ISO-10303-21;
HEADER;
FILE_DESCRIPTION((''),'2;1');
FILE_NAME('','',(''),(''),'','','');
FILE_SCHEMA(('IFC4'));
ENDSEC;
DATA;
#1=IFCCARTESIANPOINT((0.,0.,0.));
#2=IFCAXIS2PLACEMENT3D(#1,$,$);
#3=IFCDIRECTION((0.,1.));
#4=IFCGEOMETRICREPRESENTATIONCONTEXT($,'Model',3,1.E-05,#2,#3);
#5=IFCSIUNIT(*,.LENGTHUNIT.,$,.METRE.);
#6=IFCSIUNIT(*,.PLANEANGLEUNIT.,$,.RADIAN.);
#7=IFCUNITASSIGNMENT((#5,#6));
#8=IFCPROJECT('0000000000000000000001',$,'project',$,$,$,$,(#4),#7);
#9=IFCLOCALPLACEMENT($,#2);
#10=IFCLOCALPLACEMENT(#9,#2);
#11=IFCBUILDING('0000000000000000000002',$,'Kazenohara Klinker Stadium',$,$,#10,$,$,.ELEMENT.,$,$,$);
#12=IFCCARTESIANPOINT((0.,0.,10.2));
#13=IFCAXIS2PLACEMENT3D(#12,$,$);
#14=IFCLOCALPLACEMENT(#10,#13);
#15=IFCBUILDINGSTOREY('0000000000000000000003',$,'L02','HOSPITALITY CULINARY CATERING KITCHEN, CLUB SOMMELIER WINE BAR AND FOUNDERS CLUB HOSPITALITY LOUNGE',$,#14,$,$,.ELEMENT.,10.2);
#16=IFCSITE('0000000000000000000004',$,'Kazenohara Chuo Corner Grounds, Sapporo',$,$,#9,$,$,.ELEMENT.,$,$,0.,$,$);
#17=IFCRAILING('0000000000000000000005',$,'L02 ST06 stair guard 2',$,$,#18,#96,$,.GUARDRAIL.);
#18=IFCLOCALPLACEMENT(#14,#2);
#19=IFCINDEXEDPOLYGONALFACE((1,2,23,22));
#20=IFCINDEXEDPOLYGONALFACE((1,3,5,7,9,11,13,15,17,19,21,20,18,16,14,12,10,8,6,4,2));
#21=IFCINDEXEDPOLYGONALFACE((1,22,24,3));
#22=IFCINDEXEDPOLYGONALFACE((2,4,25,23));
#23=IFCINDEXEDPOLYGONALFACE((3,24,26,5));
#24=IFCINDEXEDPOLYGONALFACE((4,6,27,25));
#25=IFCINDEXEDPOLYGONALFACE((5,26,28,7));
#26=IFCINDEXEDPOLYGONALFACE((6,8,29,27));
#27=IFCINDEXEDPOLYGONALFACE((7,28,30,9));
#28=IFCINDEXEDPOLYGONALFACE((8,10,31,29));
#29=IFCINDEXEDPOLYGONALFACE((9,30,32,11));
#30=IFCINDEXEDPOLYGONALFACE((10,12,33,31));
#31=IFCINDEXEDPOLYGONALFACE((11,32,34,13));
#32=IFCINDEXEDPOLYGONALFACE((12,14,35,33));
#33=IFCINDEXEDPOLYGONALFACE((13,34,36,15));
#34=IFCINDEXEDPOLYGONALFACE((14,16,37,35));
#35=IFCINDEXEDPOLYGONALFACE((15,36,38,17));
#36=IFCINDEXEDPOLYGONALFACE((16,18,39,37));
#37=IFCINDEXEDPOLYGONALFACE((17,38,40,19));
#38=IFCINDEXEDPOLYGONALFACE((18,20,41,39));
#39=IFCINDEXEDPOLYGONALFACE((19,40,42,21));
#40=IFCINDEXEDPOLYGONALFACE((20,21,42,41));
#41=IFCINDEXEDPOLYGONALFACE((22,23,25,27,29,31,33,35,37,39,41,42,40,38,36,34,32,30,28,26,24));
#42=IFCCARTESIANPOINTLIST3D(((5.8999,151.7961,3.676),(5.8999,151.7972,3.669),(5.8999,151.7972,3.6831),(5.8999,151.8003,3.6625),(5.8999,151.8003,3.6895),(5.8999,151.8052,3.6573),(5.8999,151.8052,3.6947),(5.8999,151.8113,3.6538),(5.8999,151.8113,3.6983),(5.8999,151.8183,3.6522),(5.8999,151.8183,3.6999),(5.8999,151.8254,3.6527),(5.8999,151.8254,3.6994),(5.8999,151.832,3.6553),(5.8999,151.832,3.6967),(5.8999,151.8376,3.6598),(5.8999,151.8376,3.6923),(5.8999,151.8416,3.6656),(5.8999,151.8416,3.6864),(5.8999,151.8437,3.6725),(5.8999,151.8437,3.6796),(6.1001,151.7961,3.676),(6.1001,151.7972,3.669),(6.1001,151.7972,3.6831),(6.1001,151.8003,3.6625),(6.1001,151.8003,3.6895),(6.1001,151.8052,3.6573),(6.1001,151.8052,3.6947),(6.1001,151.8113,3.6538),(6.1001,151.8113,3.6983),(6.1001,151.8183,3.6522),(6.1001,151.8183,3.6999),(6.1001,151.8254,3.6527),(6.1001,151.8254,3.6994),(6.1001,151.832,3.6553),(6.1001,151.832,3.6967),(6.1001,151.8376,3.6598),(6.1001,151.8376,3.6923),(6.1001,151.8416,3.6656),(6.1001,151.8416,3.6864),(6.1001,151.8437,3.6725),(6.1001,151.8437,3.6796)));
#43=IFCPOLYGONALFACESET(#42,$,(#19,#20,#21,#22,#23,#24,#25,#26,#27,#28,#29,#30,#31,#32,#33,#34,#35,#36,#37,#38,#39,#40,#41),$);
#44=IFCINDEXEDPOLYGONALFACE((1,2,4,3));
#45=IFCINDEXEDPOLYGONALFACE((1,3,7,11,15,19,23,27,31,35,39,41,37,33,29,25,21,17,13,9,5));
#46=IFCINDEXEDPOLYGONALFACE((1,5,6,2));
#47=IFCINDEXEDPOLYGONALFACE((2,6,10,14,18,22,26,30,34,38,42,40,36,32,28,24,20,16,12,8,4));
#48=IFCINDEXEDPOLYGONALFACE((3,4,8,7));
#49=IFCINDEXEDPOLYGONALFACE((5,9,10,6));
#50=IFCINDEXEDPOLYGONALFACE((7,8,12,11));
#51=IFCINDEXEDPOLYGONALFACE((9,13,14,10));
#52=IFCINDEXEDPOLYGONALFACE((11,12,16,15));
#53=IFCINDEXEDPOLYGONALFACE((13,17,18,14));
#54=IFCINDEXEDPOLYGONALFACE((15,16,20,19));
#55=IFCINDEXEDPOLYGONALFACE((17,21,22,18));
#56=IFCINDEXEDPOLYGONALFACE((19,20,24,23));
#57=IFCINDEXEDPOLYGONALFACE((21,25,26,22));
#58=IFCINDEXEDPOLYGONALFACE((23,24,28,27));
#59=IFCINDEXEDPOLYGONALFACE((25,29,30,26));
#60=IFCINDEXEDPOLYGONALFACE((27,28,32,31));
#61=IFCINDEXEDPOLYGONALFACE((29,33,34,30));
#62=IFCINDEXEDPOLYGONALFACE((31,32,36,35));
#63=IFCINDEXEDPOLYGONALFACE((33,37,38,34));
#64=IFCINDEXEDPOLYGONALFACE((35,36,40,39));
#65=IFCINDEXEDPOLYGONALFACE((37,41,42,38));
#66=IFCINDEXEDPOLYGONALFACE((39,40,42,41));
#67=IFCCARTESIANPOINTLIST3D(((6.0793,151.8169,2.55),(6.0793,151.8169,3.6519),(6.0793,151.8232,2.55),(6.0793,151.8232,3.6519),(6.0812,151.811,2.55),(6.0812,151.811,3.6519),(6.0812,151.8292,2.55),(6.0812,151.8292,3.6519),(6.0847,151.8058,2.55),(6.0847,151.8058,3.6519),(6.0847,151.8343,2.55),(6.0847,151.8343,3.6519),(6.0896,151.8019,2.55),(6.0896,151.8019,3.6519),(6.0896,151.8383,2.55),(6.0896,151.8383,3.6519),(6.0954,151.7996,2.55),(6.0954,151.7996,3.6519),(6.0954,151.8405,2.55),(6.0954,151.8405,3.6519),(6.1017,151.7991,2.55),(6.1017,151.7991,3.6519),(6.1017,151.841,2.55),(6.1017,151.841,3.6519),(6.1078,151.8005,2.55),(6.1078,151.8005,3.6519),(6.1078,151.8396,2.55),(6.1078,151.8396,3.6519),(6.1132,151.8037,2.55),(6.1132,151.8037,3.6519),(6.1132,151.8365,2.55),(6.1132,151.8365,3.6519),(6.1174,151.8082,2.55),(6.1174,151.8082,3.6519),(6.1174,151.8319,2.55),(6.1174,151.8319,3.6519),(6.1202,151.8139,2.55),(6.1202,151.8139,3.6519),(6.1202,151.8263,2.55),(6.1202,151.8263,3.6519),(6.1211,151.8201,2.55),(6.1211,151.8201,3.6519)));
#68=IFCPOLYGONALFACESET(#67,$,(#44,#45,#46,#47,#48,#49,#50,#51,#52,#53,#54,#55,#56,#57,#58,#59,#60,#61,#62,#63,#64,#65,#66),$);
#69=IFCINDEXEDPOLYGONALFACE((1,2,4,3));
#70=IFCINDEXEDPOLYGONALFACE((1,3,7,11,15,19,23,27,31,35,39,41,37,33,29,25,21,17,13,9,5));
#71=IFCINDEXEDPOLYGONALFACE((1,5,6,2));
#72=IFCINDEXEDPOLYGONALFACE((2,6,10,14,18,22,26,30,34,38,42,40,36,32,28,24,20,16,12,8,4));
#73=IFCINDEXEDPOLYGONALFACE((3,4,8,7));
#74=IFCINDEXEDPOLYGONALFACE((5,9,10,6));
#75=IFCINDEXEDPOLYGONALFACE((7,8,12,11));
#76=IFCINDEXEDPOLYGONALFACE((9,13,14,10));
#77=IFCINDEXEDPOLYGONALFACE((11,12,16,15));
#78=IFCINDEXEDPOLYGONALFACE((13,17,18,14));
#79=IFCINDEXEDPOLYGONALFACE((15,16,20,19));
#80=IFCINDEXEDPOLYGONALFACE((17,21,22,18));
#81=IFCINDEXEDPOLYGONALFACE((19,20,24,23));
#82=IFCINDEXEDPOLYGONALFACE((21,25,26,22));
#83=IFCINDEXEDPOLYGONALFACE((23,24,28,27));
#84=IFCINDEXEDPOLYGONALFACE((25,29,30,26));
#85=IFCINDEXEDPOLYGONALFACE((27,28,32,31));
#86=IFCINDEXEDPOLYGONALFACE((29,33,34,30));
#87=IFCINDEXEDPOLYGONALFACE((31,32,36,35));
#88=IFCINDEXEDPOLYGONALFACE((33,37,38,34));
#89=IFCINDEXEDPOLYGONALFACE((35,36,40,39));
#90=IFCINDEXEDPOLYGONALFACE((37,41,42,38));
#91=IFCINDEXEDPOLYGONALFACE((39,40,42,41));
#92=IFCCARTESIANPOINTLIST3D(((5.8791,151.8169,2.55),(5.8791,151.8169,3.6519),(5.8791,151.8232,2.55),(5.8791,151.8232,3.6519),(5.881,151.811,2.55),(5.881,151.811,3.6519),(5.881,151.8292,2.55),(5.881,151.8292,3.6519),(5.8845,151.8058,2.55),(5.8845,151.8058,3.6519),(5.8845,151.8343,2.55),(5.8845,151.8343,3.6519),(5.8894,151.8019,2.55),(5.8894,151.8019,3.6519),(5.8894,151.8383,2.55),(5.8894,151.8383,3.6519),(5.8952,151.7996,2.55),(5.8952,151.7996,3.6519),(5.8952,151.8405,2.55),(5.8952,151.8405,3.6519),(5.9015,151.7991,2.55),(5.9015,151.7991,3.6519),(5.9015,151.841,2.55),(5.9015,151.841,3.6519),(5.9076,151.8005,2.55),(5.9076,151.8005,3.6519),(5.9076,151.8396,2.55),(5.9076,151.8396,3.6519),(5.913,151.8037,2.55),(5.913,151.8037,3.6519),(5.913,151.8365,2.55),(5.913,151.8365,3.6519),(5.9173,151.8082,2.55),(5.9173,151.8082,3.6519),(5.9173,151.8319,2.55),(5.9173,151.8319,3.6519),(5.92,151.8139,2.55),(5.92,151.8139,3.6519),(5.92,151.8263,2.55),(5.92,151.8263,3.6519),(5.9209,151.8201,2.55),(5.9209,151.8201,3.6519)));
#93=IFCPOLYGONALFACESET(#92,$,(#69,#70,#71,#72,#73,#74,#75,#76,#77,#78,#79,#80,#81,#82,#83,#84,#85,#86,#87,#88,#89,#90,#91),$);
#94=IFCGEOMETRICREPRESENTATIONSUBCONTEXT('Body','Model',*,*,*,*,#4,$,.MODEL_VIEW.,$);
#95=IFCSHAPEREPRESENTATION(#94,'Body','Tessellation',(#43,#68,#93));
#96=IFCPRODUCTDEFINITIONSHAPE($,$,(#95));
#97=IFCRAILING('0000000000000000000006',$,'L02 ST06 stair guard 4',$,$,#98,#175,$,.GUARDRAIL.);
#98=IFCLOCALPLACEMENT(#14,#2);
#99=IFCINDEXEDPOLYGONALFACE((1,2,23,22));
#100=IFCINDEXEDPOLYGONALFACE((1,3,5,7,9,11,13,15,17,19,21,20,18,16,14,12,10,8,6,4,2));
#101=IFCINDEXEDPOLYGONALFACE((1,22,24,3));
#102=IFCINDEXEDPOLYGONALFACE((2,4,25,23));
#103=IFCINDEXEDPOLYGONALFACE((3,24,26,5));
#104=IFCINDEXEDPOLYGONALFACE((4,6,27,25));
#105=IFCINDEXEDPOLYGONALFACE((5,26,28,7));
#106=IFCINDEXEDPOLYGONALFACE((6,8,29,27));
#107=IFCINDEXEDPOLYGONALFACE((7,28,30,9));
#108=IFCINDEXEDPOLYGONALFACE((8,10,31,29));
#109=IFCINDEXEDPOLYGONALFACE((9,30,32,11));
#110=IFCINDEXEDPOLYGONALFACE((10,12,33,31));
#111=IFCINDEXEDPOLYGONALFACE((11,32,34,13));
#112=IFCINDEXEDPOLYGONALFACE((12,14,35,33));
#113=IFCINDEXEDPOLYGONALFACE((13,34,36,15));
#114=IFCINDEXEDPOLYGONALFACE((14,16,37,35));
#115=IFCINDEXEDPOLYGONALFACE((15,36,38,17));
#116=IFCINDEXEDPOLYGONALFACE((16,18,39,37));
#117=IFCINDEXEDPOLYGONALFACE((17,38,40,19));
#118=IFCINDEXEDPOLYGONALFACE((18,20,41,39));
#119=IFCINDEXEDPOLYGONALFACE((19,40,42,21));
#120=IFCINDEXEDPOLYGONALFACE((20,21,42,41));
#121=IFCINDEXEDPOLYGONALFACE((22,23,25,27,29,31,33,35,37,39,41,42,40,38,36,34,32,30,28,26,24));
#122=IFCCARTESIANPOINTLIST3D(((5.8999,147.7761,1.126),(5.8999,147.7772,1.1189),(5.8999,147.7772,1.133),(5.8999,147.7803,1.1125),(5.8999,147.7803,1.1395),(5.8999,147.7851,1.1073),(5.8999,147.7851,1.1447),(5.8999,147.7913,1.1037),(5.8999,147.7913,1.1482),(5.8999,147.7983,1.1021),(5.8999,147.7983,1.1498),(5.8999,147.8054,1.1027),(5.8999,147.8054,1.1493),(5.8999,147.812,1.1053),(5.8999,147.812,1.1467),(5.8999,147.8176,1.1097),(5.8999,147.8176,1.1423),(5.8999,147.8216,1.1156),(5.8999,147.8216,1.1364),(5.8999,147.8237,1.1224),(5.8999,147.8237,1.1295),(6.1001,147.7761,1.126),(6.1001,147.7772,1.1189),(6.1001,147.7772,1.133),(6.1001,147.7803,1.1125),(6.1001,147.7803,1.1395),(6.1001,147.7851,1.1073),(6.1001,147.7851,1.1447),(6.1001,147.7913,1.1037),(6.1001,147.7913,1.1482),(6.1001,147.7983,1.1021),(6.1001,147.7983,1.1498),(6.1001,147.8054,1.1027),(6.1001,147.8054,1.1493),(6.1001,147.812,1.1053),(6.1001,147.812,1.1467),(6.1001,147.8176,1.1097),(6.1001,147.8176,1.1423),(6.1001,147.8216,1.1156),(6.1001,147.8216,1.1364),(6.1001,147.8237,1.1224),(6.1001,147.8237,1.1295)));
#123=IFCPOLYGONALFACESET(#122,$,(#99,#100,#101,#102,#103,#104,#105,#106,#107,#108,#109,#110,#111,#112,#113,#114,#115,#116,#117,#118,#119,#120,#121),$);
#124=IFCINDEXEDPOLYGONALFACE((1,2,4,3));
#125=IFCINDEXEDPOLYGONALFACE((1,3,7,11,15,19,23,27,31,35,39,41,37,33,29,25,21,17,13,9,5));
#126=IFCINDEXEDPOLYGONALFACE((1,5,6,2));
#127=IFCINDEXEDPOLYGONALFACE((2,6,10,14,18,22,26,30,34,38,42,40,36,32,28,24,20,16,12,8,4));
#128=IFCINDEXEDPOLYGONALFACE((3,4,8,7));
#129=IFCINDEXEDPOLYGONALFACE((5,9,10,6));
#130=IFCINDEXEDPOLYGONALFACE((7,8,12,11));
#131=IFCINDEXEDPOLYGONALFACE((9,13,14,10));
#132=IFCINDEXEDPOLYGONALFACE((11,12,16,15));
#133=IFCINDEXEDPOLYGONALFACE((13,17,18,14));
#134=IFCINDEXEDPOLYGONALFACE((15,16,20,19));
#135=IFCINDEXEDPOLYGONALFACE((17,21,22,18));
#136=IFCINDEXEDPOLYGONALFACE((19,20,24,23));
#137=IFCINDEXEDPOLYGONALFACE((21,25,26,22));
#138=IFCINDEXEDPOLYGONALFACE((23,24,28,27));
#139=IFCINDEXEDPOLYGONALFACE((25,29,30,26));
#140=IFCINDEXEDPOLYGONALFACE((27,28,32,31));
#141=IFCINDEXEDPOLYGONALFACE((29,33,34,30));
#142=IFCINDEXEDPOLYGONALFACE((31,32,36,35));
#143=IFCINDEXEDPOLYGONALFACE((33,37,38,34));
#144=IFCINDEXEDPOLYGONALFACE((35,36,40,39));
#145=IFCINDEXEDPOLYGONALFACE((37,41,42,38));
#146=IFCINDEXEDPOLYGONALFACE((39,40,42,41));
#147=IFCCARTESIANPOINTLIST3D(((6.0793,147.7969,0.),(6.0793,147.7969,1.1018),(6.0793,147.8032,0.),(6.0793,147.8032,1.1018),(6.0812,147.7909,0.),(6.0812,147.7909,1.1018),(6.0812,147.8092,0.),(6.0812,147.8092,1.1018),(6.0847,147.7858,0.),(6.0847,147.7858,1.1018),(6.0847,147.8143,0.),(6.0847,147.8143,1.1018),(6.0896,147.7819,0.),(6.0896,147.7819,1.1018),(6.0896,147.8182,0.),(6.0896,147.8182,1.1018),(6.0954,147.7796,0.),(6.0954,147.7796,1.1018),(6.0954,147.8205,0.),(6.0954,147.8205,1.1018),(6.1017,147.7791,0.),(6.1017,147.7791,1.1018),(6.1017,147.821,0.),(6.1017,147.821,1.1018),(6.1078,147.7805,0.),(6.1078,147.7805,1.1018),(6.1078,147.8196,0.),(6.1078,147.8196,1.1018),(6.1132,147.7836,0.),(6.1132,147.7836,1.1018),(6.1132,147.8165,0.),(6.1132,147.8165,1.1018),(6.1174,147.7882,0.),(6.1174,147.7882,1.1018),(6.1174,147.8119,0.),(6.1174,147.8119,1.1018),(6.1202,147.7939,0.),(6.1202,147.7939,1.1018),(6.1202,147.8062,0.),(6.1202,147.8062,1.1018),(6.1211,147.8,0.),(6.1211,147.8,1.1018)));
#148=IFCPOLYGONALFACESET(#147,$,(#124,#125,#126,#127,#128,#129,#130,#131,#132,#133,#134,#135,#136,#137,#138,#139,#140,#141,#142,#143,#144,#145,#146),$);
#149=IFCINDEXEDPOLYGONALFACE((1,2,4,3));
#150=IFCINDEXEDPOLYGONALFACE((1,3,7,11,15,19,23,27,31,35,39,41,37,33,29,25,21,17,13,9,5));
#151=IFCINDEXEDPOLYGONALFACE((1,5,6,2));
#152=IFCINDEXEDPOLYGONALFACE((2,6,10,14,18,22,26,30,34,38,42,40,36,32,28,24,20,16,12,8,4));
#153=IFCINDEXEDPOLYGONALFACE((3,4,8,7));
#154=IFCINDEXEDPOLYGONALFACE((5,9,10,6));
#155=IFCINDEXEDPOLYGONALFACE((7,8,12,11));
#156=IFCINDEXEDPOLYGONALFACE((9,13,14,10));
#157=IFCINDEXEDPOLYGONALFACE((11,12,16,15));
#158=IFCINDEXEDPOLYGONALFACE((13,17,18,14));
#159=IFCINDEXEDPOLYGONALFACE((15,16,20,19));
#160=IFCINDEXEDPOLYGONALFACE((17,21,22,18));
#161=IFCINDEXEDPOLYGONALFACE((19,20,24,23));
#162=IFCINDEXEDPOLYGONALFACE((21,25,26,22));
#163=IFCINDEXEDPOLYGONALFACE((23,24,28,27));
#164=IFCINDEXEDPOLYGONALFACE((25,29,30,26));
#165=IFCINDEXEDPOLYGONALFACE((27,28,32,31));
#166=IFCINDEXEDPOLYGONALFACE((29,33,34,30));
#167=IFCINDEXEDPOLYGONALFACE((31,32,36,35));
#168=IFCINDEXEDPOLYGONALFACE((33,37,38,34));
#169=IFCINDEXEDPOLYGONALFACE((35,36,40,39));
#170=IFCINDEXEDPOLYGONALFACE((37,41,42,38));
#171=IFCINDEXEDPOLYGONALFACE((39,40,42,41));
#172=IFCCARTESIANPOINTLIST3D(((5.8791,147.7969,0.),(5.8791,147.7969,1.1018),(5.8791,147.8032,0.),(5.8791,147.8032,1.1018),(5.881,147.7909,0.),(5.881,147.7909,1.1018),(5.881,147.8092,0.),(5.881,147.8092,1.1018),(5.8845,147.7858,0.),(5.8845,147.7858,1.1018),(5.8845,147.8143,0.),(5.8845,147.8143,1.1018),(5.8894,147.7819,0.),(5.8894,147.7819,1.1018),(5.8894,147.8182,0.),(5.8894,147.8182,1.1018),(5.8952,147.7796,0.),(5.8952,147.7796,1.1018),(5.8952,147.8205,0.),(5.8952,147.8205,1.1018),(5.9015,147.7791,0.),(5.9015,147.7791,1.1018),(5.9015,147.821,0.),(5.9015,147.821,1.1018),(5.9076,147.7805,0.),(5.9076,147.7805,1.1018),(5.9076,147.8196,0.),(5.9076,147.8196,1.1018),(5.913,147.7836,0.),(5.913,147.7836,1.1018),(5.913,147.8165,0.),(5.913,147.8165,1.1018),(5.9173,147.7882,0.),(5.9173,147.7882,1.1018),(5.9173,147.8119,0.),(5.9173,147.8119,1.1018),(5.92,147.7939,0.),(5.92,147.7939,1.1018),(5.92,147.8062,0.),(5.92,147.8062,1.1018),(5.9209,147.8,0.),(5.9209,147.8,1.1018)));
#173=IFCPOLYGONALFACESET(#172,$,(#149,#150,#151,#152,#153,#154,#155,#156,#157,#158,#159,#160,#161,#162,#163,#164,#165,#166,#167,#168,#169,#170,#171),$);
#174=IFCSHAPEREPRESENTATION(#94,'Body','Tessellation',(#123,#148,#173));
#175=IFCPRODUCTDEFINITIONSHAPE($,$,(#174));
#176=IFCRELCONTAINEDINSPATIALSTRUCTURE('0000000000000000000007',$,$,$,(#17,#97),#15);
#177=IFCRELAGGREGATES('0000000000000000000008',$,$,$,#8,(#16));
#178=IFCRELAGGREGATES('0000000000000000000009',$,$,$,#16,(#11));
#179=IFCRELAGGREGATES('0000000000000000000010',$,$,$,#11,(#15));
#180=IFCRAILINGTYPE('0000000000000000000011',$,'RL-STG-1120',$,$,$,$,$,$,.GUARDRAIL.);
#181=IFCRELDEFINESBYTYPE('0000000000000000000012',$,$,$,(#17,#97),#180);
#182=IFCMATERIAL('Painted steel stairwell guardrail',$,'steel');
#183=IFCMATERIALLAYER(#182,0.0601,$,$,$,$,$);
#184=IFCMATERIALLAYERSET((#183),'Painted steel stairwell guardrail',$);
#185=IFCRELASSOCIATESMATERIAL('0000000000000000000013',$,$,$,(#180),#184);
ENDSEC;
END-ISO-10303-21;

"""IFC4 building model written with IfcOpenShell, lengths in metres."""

from ifc_helpers import new_model, si_unit, direction, frame, origin, origin_2d, place, context, subcontext, project, spatial, circle, extrude, material, layer, layer_set, type_object, element, save


model = new_model("IFC4")

# Units and contexts
model_context = context("Model", 3, precision=1e-05, world=origin(), true_north=direction((0.0, 1.0)))
body_context = subcontext(model_context, "Body", "Model", "MODEL_VIEW")
ifc_project = project(units=[si_unit("LENGTHUNIT", "METRE"), si_unit("PLANEANGLEUNIT", "RADIAN")], contexts=[model_context])

# Site, building, storey
site_placement = place(None, origin())
site = spatial("IfcSite", under=ifc_project, at=site_placement, Name="Kazenohara Chuo Corner Grounds, Sapporo", CompositionType="ELEMENT", RefElevation=0.0)
building_placement = place(site_placement, origin())
building = spatial("IfcBuilding", under=site, at=building_placement, Name="Kazenohara Klinker Stadium", CompositionType="ELEMENT")
storey_placement = place(building_placement, frame((0.0, 0.0, 10.2)))
storey = spatial("IfcBuildingStorey", under=building, at=storey_placement, Name="L02", Description="HOSPITALITY CULINARY CATERING KITCHEN, CLUB SOMMELIER WINE BAR AND FOUNDERS CLUB HOSPITALITY LOUNGE", CompositionType="ELEMENT", Elevation=10.2)

# Railings
ifc_material_1 = material(Name="Painted steel stairwell guardrail", Category="steel")
ifc_layer_1 = layer(ifc_material_1, 0.0601)
ifc_layer_set_1 = layer_set([ifc_layer_1], Name="Painted steel stairwell guardrail")
railing_type_1 = type_object("IfcRailingType", Name="RL-STG-1120", PredefinedType="GUARDRAIL", material=ifc_layer_set_1)
for number, where, name in (
    (1, (6.1001, 151.8201, 2.55), "L02 ST06 stair guard 2"),
    (2, (6.1001, 147.8, 0.0), "L02 ST06 stair guard 4"),
):
    element("IfcRailing", number, at=place(storey_placement, frame(where)), inside=storey, type_object=railing_type_1, Name=name, PredefinedType="GUARDRAIL", context=body_context, shape_type="SweptSolid", body=[
        extrude(circle(Radius=0.0239, at=origin_2d()), frame((0.0, 0.0, 1.126), z_axis=(-1.0, 0.0, 0.0), x_axis=(0.0, -1.0, 0.0)), (0.0, 0.0, 1.0), 0.2002),
        extrude(circle(Radius=0.021, at=origin_2d()), origin(), (0.0, 0.0, 1.0), 1.1018),
        extrude(circle(Radius=0.021, at=origin_2d()), frame((-0.2002, 0.0, 0.0)), (0.0, 0.0, 1.0), 1.1018),
    ])

save(model, "model.ifc")
